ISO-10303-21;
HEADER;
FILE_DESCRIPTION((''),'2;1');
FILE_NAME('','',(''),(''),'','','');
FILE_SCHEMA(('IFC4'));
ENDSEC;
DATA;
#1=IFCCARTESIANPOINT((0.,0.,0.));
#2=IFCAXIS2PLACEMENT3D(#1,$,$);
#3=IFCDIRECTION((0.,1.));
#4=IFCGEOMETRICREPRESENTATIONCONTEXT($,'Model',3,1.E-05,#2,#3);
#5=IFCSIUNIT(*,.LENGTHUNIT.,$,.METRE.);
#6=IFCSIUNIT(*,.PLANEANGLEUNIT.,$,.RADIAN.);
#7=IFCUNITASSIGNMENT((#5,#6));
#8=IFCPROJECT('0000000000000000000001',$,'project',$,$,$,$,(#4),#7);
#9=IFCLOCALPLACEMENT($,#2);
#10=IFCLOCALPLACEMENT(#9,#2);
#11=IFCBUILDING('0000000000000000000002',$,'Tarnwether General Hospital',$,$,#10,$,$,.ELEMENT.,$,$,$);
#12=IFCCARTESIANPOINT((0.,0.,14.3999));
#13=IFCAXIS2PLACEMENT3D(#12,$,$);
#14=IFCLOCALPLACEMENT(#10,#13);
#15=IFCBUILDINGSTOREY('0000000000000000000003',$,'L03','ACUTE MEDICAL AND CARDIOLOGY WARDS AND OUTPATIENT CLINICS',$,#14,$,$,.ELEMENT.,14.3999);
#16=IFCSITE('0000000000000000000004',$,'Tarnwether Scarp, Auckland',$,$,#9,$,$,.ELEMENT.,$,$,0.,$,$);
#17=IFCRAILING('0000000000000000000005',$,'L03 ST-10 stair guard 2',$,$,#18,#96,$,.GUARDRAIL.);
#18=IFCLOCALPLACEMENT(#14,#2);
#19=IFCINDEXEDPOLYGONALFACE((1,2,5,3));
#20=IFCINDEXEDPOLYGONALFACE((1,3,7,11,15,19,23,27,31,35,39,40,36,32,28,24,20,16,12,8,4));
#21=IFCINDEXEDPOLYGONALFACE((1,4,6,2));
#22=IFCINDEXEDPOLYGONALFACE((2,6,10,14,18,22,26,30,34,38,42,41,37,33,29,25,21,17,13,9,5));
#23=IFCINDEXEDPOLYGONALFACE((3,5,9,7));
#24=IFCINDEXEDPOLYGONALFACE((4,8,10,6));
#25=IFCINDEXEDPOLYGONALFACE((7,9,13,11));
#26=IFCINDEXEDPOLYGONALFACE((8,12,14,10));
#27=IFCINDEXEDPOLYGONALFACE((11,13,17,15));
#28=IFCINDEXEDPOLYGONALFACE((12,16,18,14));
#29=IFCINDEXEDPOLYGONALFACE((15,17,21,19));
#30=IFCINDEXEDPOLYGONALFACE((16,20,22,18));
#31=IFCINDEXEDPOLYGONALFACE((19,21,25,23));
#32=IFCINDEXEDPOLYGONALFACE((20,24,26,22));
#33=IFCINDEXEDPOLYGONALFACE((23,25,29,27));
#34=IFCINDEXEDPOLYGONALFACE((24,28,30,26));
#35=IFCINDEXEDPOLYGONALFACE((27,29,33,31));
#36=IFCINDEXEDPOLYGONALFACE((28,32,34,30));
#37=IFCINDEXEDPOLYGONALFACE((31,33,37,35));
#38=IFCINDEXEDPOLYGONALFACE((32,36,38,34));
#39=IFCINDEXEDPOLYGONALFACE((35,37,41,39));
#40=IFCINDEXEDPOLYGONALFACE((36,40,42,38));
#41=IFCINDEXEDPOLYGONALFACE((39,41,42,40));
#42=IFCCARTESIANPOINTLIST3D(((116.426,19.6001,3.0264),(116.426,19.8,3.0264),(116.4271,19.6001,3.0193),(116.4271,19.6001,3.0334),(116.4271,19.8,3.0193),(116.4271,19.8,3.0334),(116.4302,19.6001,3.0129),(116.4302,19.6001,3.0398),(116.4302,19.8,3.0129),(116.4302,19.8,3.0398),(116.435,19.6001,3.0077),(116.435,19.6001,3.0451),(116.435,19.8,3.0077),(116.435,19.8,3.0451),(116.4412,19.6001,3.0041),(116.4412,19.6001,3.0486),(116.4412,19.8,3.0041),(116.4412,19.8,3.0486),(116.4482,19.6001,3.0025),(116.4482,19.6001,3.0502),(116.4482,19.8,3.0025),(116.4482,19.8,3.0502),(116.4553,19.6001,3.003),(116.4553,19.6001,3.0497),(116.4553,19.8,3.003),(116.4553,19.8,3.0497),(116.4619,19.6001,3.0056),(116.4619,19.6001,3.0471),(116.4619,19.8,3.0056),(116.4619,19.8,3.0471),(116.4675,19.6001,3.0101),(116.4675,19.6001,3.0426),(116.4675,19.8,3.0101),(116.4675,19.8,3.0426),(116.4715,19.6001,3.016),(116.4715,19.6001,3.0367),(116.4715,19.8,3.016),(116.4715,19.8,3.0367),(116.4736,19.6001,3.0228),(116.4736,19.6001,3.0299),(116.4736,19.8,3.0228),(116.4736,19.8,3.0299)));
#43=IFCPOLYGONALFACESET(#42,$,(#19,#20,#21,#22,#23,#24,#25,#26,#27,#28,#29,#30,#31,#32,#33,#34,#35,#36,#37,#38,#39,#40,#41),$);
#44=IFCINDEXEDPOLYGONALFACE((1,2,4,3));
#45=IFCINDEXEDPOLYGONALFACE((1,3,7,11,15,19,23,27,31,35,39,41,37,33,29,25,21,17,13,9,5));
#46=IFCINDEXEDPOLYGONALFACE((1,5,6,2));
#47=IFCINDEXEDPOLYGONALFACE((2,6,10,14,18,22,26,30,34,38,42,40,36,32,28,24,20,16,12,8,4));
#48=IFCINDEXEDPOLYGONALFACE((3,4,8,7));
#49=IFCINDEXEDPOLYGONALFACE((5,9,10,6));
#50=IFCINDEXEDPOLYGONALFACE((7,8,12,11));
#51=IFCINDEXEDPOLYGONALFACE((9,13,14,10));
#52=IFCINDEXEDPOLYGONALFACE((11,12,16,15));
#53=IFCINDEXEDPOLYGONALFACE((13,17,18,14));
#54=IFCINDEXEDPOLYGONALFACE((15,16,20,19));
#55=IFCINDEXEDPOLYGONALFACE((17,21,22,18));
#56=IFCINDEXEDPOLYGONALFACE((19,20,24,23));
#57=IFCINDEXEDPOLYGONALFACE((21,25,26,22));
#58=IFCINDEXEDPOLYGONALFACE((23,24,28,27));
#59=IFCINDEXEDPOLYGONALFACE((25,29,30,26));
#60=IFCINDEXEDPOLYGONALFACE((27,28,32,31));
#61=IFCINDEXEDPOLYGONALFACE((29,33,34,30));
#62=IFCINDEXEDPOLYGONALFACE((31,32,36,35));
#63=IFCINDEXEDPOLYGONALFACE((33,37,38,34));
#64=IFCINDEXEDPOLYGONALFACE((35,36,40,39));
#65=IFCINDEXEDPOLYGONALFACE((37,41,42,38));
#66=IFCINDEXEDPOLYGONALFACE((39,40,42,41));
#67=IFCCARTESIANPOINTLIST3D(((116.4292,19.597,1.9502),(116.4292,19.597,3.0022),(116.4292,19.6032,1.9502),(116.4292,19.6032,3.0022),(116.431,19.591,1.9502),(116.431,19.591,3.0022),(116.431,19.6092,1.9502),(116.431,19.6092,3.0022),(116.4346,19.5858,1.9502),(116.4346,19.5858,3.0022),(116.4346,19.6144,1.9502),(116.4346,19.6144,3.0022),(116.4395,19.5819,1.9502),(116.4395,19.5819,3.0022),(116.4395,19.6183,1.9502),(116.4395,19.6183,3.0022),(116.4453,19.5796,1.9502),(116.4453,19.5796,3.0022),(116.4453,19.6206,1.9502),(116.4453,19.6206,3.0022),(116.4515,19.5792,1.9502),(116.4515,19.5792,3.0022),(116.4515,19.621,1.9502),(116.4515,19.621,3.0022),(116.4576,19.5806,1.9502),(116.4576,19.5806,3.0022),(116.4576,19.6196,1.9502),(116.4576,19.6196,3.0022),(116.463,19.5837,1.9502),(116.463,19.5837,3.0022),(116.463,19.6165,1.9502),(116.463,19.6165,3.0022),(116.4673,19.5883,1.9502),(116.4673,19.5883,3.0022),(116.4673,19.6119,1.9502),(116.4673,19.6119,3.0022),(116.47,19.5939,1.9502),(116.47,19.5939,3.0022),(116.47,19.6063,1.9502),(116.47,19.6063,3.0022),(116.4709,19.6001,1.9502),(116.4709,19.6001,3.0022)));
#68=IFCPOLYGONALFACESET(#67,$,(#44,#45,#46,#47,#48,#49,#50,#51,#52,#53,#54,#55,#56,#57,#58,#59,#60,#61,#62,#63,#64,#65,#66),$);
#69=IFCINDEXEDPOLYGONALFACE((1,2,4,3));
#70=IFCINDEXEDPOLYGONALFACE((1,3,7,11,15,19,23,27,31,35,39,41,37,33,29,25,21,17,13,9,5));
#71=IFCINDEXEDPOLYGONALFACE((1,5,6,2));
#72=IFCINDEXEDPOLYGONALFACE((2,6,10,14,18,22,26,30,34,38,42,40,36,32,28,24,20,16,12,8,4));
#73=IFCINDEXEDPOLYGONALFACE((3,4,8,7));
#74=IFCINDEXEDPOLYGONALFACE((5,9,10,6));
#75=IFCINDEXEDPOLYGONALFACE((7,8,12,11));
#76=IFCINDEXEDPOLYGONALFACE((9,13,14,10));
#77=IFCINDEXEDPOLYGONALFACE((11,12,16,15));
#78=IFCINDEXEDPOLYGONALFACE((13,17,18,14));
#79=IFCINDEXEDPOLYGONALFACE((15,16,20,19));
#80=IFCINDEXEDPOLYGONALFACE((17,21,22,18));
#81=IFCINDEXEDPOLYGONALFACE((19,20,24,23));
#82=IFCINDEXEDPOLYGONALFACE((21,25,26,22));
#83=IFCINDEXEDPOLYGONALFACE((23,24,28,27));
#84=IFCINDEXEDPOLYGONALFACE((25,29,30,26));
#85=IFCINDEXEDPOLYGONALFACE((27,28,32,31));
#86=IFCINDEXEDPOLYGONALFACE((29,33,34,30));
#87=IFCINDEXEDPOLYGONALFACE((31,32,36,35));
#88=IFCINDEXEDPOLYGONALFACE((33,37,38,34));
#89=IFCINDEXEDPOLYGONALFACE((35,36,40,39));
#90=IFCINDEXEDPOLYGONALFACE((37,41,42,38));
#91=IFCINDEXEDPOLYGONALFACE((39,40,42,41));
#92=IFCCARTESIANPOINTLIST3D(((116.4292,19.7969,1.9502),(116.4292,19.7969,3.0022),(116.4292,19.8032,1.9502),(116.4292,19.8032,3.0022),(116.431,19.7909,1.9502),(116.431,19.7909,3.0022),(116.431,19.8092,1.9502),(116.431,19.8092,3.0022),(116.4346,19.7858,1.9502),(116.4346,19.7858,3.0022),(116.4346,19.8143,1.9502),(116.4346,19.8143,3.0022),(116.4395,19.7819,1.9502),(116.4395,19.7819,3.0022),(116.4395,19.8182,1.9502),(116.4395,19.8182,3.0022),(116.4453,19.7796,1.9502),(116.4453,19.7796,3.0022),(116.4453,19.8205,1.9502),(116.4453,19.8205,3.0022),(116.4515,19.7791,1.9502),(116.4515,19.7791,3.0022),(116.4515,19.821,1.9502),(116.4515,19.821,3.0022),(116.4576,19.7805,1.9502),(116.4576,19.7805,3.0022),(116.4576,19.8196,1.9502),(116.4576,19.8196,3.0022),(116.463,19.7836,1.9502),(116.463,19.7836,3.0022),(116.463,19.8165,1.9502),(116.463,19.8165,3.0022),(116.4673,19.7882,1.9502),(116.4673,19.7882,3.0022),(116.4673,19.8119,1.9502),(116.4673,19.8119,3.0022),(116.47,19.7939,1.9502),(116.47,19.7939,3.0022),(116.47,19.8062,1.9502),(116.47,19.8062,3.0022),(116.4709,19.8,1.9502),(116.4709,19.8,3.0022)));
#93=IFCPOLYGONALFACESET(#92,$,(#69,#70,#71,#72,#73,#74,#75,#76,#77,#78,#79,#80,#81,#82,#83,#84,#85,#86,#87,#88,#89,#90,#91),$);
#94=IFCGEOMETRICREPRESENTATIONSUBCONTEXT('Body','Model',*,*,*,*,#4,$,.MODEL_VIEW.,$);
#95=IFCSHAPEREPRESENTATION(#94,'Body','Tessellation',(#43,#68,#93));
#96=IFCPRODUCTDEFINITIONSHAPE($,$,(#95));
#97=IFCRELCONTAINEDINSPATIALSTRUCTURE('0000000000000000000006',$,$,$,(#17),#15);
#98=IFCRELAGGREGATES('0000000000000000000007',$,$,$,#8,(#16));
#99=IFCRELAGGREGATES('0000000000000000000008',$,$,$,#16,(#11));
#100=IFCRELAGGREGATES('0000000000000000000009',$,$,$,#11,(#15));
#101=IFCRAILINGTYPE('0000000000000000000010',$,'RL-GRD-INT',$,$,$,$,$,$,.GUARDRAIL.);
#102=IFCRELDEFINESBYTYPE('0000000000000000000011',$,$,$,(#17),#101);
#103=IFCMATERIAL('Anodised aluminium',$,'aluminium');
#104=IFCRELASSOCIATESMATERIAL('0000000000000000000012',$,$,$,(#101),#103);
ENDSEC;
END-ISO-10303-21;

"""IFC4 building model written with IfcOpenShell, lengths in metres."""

from ifc_helpers import new_model, si_unit, direction, frame, origin, origin_2d, place, context, subcontext, project, spatial, circle, extrude, material, type_object, element, save


model = new_model("IFC4")

# Units and contexts
model_context = context("Model", 3, precision=1e-05, world=origin(), true_north=direction((0.0, 1.0)))
body_context = subcontext(model_context, "Body", "Model", "MODEL_VIEW")
ifc_project = project(units=[si_unit("LENGTHUNIT", "METRE"), si_unit("PLANEANGLEUNIT", "RADIAN")], contexts=[model_context])

# Site, building, storey
site_placement = place(None, origin())
site = spatial("IfcSite", under=ifc_project, at=site_placement, Name="Tarnwether Scarp, Auckland", CompositionType="ELEMENT", RefElevation=0.0)
building_placement = place(site_placement, origin())
building = spatial("IfcBuilding", under=site, at=building_placement, Name="Tarnwether General Hospital", CompositionType="ELEMENT")
storey_placement = place(building_placement, frame((0.0, 0.0, 14.3999)))
storey = spatial("IfcBuildingStorey", under=building, at=storey_placement, Name="L03", Description="ACUTE MEDICAL AND CARDIOLOGY WARDS AND OUTPATIENT CLINICS", CompositionType="ELEMENT", Elevation=14.3999)

# Railing
ifc_material_1 = material(Name="Anodised aluminium", Category="aluminium")
railing_type_1 = type_object("IfcRailingType", Name="RL-GRD-INT", PredefinedType="GUARDRAIL", material=ifc_material_1)
railing_1_placement = place(storey_placement, frame((116.45, 19.6001, 1.9502)))
element("IfcRailing", 1, at=railing_1_placement, inside=storey, type_object=railing_type_1, Name="L03 ST-10 stair guard 2", PredefinedType="GUARDRAIL", context=body_context, shape_type="SweptSolid", body=[
    extrude(circle(Radius=0.0239, at=origin_2d()), frame((0.0, 0.0, 1.0762), z_axis=(0.0, 1.0, 0.0), x_axis=(-1.0, 0.0, 0.0)), (0.0, 0.0, 1.0), 0.2),
    extrude(circle(Radius=0.021, at=origin_2d()), origin(), (0.0, 0.0, 1.0), 1.052),
    extrude(circle(Radius=0.021, at=origin_2d()), frame((0.0, 0.2, 0.0)), (0.0, 0.0, 1.0), 1.052),
])

save(model, "model.ifc")
